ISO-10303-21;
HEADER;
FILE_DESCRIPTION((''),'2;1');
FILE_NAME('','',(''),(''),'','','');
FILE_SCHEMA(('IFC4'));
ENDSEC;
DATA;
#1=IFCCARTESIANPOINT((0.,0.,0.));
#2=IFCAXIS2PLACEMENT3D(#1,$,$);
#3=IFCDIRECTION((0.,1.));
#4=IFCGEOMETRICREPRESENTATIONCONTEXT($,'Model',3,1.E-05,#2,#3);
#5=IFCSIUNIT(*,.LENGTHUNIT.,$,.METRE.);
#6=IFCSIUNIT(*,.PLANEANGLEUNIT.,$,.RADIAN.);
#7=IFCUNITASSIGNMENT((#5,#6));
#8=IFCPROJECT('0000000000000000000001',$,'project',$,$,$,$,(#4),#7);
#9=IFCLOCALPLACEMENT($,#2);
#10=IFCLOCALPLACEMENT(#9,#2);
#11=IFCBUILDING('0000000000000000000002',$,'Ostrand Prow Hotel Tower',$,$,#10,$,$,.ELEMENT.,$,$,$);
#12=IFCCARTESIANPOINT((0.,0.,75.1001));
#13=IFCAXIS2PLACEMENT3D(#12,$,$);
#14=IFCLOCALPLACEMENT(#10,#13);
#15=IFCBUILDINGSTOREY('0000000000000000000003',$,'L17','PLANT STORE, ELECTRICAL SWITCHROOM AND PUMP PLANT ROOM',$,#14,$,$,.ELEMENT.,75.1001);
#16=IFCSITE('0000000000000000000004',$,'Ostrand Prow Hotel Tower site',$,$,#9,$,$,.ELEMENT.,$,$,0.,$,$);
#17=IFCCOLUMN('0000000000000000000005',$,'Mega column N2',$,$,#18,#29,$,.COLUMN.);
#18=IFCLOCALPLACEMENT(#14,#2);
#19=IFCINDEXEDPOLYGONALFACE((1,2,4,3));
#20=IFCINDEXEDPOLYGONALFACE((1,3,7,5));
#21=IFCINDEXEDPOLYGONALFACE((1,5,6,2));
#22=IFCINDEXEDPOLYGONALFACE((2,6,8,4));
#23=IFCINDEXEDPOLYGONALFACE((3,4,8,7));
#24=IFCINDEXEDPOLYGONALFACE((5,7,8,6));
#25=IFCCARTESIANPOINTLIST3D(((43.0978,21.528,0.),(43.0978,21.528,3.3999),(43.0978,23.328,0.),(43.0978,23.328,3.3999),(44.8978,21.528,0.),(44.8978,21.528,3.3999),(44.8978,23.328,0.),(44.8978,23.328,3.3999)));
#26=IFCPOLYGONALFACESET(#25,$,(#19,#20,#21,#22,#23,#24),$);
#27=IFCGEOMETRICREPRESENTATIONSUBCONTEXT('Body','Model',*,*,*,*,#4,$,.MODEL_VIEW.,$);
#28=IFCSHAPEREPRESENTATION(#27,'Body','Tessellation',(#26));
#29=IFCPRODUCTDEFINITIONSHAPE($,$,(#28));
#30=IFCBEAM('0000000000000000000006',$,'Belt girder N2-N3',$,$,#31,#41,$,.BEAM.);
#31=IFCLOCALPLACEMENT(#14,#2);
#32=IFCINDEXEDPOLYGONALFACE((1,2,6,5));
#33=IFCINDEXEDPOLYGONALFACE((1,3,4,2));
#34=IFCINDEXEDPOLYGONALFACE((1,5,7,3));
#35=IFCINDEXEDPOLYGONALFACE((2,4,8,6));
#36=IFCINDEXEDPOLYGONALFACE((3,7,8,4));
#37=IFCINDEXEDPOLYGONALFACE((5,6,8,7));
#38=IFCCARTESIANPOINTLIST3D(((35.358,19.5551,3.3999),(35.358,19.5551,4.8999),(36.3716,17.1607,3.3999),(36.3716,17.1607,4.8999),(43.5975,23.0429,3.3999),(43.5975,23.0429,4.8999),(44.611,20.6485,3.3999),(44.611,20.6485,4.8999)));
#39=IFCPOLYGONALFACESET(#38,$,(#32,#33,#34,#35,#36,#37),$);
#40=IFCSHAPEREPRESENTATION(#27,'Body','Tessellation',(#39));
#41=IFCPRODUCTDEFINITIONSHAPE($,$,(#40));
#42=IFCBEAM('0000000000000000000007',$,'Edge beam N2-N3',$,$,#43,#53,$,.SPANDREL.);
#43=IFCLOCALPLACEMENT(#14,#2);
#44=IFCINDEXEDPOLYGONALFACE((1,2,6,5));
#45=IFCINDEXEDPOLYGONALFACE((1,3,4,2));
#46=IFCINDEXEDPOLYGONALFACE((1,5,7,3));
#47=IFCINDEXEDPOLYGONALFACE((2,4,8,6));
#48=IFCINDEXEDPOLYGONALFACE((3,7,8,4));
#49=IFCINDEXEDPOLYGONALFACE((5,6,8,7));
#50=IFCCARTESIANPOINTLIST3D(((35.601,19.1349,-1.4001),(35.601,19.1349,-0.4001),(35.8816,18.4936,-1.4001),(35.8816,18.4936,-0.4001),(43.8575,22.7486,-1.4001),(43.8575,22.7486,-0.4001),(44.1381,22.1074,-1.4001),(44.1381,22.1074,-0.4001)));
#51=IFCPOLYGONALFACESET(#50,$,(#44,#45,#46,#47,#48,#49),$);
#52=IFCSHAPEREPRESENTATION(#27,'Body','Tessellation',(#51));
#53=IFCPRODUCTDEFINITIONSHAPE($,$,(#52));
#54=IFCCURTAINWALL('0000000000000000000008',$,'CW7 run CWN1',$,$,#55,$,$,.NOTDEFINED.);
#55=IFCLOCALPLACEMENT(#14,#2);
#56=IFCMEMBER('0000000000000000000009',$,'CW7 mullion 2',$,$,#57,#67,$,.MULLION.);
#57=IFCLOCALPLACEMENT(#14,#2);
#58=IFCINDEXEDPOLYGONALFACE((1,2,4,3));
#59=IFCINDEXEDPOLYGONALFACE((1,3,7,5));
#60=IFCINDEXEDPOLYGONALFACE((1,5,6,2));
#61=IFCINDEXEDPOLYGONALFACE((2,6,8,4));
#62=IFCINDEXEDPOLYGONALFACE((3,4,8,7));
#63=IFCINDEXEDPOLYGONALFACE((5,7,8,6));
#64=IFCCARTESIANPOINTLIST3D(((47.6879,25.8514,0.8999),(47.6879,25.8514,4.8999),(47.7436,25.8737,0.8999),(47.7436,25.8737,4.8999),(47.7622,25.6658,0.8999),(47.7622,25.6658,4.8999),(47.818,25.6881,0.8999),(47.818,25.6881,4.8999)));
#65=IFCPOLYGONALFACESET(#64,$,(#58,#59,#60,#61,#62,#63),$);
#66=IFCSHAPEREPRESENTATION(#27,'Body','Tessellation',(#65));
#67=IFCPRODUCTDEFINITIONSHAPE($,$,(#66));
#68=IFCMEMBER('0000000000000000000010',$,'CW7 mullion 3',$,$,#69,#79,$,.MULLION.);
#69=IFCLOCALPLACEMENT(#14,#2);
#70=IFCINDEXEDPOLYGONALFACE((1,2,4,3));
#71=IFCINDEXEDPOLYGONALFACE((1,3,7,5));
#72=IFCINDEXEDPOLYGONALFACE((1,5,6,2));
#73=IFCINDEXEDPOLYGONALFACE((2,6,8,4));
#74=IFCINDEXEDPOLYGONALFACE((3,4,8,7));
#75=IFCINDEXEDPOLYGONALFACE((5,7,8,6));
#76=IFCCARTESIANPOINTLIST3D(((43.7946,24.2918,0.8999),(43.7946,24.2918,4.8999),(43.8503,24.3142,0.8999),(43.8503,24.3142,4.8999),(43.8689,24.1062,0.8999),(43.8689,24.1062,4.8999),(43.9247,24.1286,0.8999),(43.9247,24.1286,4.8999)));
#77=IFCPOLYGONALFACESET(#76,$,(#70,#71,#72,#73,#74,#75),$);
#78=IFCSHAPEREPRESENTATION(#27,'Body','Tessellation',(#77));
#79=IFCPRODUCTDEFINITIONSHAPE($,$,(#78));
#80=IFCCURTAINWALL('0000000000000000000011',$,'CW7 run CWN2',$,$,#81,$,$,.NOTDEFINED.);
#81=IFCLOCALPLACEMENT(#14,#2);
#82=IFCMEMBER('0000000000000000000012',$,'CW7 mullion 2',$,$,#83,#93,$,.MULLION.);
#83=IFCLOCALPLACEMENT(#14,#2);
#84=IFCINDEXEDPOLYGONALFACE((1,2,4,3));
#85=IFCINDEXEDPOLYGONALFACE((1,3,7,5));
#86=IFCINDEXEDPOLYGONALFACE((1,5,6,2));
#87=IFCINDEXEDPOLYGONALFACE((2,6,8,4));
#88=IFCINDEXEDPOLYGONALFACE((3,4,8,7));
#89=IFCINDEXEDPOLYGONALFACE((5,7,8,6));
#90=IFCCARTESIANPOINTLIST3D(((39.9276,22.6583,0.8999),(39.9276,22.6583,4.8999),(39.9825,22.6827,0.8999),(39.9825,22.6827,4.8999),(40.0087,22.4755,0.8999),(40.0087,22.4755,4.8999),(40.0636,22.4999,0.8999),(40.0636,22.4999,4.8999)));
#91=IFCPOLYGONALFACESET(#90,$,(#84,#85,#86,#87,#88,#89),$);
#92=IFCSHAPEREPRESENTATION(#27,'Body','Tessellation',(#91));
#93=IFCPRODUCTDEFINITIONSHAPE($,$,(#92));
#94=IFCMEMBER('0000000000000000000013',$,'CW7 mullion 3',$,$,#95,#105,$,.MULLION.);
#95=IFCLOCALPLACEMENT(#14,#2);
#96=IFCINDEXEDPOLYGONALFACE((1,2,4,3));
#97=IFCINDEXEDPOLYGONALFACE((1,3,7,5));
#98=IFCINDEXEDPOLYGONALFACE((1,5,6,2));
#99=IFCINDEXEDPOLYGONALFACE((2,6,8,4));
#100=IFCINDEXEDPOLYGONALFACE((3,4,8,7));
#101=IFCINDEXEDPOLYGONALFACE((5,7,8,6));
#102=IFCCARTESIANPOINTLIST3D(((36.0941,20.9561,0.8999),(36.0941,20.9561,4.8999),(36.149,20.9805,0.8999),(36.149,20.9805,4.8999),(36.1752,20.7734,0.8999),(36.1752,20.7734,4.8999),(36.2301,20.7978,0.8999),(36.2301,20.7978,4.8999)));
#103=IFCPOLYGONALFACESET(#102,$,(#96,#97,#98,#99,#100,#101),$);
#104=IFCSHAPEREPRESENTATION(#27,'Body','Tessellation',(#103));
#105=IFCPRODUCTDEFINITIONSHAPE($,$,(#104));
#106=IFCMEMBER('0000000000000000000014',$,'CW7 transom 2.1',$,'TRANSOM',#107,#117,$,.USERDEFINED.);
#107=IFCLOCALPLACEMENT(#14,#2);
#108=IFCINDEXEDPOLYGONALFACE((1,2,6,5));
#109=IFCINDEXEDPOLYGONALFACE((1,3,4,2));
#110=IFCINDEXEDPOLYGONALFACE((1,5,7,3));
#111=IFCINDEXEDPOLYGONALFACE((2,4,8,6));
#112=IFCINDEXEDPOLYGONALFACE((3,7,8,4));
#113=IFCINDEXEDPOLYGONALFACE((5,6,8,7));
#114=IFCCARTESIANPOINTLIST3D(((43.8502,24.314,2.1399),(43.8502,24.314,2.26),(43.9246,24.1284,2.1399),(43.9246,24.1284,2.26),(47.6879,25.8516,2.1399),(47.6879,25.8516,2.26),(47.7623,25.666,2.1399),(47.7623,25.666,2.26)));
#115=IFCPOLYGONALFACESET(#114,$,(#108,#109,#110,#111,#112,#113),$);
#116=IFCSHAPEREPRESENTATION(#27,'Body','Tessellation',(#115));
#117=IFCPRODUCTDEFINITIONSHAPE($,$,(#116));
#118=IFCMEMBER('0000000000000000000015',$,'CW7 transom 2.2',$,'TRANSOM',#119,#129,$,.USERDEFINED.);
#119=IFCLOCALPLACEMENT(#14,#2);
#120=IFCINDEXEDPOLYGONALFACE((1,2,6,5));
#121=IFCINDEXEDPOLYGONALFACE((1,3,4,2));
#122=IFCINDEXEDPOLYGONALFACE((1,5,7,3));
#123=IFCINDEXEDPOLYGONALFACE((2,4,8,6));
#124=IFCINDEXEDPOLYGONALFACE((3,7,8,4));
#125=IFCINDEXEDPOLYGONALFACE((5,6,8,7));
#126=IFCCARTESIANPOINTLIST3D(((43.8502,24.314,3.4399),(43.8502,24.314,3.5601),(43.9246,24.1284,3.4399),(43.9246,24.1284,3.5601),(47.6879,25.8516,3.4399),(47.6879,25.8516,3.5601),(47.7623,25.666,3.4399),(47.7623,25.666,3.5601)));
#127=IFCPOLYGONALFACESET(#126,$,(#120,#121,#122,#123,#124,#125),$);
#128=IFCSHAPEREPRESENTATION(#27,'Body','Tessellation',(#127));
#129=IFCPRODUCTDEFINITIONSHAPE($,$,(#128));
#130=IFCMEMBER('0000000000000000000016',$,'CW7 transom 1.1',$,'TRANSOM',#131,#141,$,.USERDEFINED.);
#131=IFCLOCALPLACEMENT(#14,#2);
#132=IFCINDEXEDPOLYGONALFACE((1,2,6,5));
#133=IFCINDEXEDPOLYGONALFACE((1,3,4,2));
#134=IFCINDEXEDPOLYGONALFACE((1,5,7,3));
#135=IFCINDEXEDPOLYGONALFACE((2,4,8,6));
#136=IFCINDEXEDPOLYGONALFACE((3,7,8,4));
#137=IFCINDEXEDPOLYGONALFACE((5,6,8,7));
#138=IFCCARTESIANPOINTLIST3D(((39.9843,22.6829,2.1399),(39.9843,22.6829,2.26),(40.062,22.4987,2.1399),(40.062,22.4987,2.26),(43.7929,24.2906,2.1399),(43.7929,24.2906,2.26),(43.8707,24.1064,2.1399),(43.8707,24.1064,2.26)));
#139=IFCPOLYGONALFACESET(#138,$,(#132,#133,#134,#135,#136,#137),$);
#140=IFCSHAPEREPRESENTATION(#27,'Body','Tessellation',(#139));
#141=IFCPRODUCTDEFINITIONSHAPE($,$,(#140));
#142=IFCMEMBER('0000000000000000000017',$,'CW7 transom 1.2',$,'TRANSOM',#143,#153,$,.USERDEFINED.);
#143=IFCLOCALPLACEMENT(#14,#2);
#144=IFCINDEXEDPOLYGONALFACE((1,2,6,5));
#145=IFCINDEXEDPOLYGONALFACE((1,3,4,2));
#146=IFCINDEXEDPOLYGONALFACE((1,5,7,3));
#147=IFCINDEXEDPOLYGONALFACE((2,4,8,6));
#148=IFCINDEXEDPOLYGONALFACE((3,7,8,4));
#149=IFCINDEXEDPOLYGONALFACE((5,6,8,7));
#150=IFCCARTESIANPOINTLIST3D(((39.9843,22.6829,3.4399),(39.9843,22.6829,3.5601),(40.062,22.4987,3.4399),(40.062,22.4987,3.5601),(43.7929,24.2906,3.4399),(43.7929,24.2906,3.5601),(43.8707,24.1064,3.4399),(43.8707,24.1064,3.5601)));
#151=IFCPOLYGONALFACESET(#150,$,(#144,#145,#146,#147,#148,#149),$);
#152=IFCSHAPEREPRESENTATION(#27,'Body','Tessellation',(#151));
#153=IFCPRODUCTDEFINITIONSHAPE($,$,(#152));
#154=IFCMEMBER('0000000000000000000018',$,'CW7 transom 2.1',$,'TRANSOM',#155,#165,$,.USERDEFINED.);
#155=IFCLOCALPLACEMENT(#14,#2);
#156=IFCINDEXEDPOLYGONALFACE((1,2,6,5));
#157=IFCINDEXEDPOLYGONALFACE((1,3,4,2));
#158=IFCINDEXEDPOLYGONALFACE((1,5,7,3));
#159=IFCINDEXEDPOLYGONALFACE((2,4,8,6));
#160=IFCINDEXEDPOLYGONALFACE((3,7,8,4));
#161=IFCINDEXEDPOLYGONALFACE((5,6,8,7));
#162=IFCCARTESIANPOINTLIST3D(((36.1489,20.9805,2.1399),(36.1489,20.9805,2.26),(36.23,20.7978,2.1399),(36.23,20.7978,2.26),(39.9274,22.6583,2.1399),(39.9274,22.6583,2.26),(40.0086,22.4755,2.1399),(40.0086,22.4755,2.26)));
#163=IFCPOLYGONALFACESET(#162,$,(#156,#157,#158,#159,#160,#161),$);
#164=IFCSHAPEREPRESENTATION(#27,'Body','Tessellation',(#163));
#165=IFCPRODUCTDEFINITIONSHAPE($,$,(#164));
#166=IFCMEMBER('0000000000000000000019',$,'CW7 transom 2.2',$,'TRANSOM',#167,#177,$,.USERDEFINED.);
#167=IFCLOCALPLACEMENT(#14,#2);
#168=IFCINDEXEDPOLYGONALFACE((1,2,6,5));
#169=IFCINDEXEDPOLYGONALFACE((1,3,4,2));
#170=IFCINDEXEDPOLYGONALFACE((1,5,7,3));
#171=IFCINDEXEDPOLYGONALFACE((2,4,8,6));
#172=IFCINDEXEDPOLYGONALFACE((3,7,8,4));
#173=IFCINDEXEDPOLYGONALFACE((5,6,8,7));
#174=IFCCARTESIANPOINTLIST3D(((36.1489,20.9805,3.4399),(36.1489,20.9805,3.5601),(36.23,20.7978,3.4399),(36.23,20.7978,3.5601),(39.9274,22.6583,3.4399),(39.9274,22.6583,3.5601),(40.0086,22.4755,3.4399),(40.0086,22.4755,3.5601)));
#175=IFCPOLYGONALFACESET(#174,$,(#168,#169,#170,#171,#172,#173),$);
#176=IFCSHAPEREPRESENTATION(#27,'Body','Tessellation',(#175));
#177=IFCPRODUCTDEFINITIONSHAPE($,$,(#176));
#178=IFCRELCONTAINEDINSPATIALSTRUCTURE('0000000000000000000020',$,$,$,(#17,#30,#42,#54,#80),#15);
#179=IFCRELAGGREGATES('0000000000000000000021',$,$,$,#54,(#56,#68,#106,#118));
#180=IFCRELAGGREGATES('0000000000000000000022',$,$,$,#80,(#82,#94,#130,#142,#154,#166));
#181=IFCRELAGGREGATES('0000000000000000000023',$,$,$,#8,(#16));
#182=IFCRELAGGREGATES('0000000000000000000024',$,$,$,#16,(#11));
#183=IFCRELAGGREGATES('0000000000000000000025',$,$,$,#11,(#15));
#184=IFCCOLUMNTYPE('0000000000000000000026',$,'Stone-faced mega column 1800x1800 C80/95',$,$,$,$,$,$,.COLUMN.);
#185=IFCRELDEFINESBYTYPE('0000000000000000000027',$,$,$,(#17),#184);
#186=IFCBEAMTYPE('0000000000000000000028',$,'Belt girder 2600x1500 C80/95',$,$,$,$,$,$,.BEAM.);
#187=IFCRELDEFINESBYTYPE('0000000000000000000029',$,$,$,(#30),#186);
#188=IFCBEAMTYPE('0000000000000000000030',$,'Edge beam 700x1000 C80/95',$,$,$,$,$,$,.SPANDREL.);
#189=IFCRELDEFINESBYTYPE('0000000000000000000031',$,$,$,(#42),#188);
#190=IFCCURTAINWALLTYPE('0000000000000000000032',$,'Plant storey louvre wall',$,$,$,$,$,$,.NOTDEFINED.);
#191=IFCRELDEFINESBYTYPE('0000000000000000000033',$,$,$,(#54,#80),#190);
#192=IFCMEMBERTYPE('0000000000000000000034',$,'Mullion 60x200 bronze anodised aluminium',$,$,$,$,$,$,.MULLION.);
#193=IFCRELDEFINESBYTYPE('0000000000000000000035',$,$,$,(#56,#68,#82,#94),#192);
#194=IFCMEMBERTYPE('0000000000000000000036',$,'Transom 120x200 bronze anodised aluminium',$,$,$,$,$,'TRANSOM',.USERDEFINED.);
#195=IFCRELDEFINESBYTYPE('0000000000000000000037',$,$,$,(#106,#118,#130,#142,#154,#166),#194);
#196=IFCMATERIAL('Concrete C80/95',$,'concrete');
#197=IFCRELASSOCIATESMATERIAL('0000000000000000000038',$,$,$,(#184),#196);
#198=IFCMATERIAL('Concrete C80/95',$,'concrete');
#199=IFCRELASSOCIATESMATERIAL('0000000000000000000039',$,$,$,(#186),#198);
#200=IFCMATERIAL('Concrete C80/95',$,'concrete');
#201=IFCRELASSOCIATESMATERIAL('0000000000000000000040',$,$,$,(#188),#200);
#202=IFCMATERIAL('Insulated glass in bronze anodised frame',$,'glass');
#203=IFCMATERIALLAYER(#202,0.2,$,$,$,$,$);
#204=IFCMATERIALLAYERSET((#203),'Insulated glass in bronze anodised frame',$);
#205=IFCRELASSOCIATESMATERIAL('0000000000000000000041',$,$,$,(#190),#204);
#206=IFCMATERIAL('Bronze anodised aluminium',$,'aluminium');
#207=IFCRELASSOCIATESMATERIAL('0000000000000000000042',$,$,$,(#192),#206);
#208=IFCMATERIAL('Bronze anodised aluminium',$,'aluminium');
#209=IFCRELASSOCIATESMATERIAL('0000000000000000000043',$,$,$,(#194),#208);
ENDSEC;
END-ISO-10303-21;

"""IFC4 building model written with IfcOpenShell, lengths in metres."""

from ifc_helpers import new_model, si_unit, direction, frame, origin, origin_2d, place, context, subcontext, project, spatial, rectangle, extrude, material, layer, layer_set, material_profile, profile_set, type_object, element, aggregate, save


model = new_model("IFC4")

# Units and contexts
model_context = context("Model", 3, precision=1e-05, world=origin(), true_north=direction((0.0, 1.0)))
body_context = subcontext(model_context, "Body", "Model", "MODEL_VIEW")
ifc_project = project(units=[si_unit("LENGTHUNIT", "METRE"), si_unit("PLANEANGLEUNIT", "RADIAN")], contexts=[model_context])

# Site, building, storey
site_placement = place(None, origin())
site = spatial("IfcSite", under=ifc_project, at=site_placement, Name="Ostrand Prow Hotel Tower site", CompositionType="ELEMENT", RefElevation=0.0)
building_placement = place(site_placement, origin())
building = spatial("IfcBuilding", under=site, at=building_placement, Name="Ostrand Prow Hotel Tower", CompositionType="ELEMENT")
storey_placement = place(building_placement, frame((0.0, 0.0, 75.1001)))
storey = spatial("IfcBuildingStorey", under=building, at=storey_placement, Name="L17", Description="PLANT STORE, ELECTRICAL SWITCHROOM AND PUMP PLANT ROOM", CompositionType="ELEMENT", Elevation=75.1001)

# Column
ifc_material_1 = material(Name="Concrete C80/95", Category="concrete")
ifc_material_profile_1 = material_profile(ifc_material_1, rectangle(XDim=1.8, YDim=1.8, at=origin_2d()), Name="RC 1800x1800")
ifc_profile_set_1 = profile_set([ifc_material_profile_1], Name="Concrete C80/95")
column_type = type_object("IfcColumnType", Name="Stone-faced mega column 1800x1800 C80/95", PredefinedType="COLUMN", material=ifc_profile_set_1)
column_placement = place(storey_placement, frame((43.9978, 22.428, 0.0), z_axis=(0.0, 0.0, 1.0), x_axis=(1.0, 0.0, 0.0)))
element("IfcColumn", 1, at=column_placement, inside=storey, type_object=column_type, Name="Mega column N2", PredefinedType="COLUMN", context=body_context, shape_type="SweptSolid", body=[
    extrude(rectangle(XDim=1.8, YDim=1.8, at=origin_2d()), origin(), (0.0, 0.0, 1.0), 3.3999),
])

# Beams
ifc_material_2 = material(Name="Concrete C80/95", Category="concrete")
ifc_material_profile_2 = material_profile(ifc_material_2, rectangle(XDim=2.6001, YDim=1.5, at=origin_2d()), Name="RC 2600x1500")
ifc_profile_set_2 = profile_set([ifc_material_profile_2], Name="Concrete C80/95")
beam_type_1 = type_object("IfcBeamType", Name="Belt girder 2600x1500 C80/95", PredefinedType="BEAM", material=ifc_profile_set_2)
beam_1_placement = place(storey_placement, frame((44.1042, 21.8457, 4.1499), z_axis=(-0.920893, -0.389815, 0.0), x_axis=(0.389815, -0.920893, 0.0)))
element("IfcBeam", 2, at=beam_1_placement, inside=storey, type_object=beam_type_1, Name="Belt girder N2-N3", PredefinedType="BEAM", context=body_context, shape_type="SweptSolid", body=[
    extrude(rectangle(XDim=2.6001, YDim=1.5, at=origin_2d()), origin(), (0.0, 0.0, 1.0), 8.9473),
])
ifc_material_3 = material(Name="Concrete C80/95", Category="concrete")
ifc_material_profile_3 = material_profile(ifc_material_3, rectangle(XDim=0.7, YDim=1.0, at=origin_2d()), Name="RC 700x1000")
ifc_profile_set_3 = profile_set([ifc_material_profile_3], Name="Concrete C80/95")
beam_type_2 = type_object("IfcBeamType", Name="Edge beam 700x1000 C80/95", PredefinedType="SPANDREL", material=ifc_profile_set_3)
beam_2_placement = place(storey_placement, frame((43.9978, 22.428, -0.9001), z_axis=(-0.916096, -0.40096, 0.0), x_axis=(0.40096, -0.916096, 0.0)))
element("IfcBeam", 3, at=beam_2_placement, inside=storey, type_object=beam_type_2, Name="Edge beam N2-N3", PredefinedType="SPANDREL", context=body_context, shape_type="SweptSolid", body=[
    extrude(rectangle(XDim=0.7, YDim=1.0, at=origin_2d()), origin(), (0.0, 0.0, 1.0), 9.0127),
])

# Curtain walls, members
ifc_material_4 = material(Name="Insulated glass in bronze anodised frame", Category="glass")
ifc_layer_1 = layer(ifc_material_4, 0.2)
ifc_layer_set_1 = layer_set([ifc_layer_1], Name="Insulated glass in bronze anodised frame")
curtain_wall_type = type_object("IfcCurtainWallType", Name="Plant storey louvre wall", PredefinedType="NOTDEFINED", material=ifc_layer_set_1)
curtain_wall_1_placement = place(storey_placement, origin())
curtain_wall_1 = element("IfcCurtainWall", 4, at=curtain_wall_1_placement, inside=storey, type_object=curtain_wall_type, Name="CW7 run CWN1", PredefinedType="NOTDEFINED")
ifc_material_5 = material(Name="Bronze anodised aluminium", Category="aluminium")
ifc_material_profile_4 = material_profile(ifc_material_5, rectangle(XDim=0.2, YDim=0.0601, at=origin_2d()), Name="Mullion 60x200 bronze anodised aluminium")
ifc_profile_set_4 = profile_set([ifc_material_profile_4], Name="Bronze anodised aluminium")
member_type_1 = type_object("IfcMemberType", Name="Mullion 60x200 bronze anodised aluminium", PredefinedType="MULLION", material=ifc_profile_set_4)
member_1_placement = place(storey_placement, frame((47.7529, 25.7698, 0.8999), z_axis=(0.0, 0.0, 1.0), x_axis=(0.371873, -0.928283, 0.0)))
member_1 = element("IfcMember", 5, at=member_1_placement, type_object=member_type_1, Name="CW7 mullion 2", PredefinedType="MULLION", context=body_context, shape_type="SweptSolid", body=[
    extrude(rectangle(XDim=0.2, YDim=0.0601, at=origin_2d()), origin(), (0.0, 0.0, 1.0), 4.0),
])
member_2_placement = place(storey_placement, frame((43.8596, 24.2102, 0.8999), z_axis=(0.0, 0.0, 1.0), x_axis=(0.371873, -0.928283, 0.0)))
member_2 = element("IfcMember", 6, at=member_2_placement, type_object=member_type_1, Name="CW7 mullion 3", PredefinedType="MULLION", context=body_context, shape_type="SweptSolid", body=[
    extrude(rectangle(XDim=0.2, YDim=0.0601, at=origin_2d()), origin(), (0.0, 0.0, 1.0), 4.0),
])
curtain_wall_2_placement = place(storey_placement, origin())
curtain_wall_2 = element("IfcCurtainWall", 7, at=curtain_wall_2_placement, inside=storey, type_object=curtain_wall_type, Name="CW7 run CWN2", PredefinedType="NOTDEFINED")
member_3_placement = place(storey_placement, frame((39.9956, 22.5791, 0.8999), z_axis=(0.0, 0.0, 1.0), x_axis=(0.40578, -0.913971, 0.0)))
member_3 = element("IfcMember", 8, at=member_3_placement, type_object=member_type_1, Name="CW7 mullion 2", PredefinedType="MULLION", context=body_context, shape_type="SweptSolid", body=[
    extrude(rectangle(XDim=0.2, YDim=0.0601, at=origin_2d()), origin(), (0.0, 0.0, 1.0), 4.0),
])
member_4_placement = place(storey_placement, frame((36.1621, 20.877, 0.8999), z_axis=(0.0, 0.0, 1.0), x_axis=(0.40578, -0.913971, 0.0)))
member_4 = element("IfcMember", 9, at=member_4_placement, type_object=member_type_1, Name="CW7 mullion 3", PredefinedType="MULLION", context=body_context, shape_type="SweptSolid", body=[
    extrude(rectangle(XDim=0.2, YDim=0.0601, at=origin_2d()), origin(), (0.0, 0.0, 1.0), 4.0),
])

# Members
ifc_material_6 = material(Name="Bronze anodised aluminium", Category="aluminium")
ifc_material_profile_5 = material_profile(ifc_material_6, rectangle(XDim=0.2, YDim=0.1201, at=origin_2d()), Name="Transom 120x200 bronze anodised aluminium")
ifc_profile_set_5 = profile_set([ifc_material_profile_5], Name="Bronze anodised aluminium")
member_type_2 = type_object("IfcMemberType", Name="Transom 120x200 bronze anodised aluminium", ElementType="TRANSOM", PredefinedType="USERDEFINED", material=ifc_profile_set_5)
member_5_placement = place(storey_placement, frame((47.7251, 25.7588, 2.2), z_axis=(-0.928265, -0.37192, 0.0), x_axis=(0.37192, -0.928265, 0.0)))
member_5 = element("IfcMember", 10, at=member_5_placement, type_object=member_type_2, Name="CW7 transom 2.1", ObjectType="TRANSOM", PredefinedType="USERDEFINED", context=body_context, shape_type="SweptSolid", body=[
    extrude(rectangle(XDim=0.2, YDim=0.1201, at=origin_2d()), origin(), (0.0, 0.0, 1.0), 4.1343),
])
member_6_placement = place(storey_placement, frame((47.7251, 25.7588, 3.5), z_axis=(-0.928265, -0.37192, 0.0), x_axis=(0.37192, -0.928265, 0.0)))
member_6 = element("IfcMember", 11, at=member_6_placement, type_object=member_type_2, Name="CW7 transom 2.2", ObjectType="TRANSOM", PredefinedType="USERDEFINED", context=body_context, shape_type="SweptSolid", body=[
    extrude(rectangle(XDim=0.2, YDim=0.1201, at=origin_2d()), origin(), (0.0, 0.0, 1.0), 4.1343),
])
member_7_placement = place(storey_placement, frame((43.8318, 24.1985, 2.2), z_axis=(-0.921285, -0.388888, 0.0), x_axis=(0.388888, -0.921285, 0.0)))
member_7 = element("IfcMember", 12, at=member_7_placement, type_object=member_type_2, Name="CW7 transom 1.1", ObjectType="TRANSOM", PredefinedType="USERDEFINED", context=body_context, shape_type="SweptSolid", body=[
    extrude(rectangle(XDim=0.2, YDim=0.1201, at=origin_2d()), origin(), (0.0, 0.0, 1.0), 4.134),
])
member_8_placement = place(storey_placement, frame((43.8318, 24.1985, 3.5), z_axis=(-0.921285, -0.388888, 0.0), x_axis=(0.388888, -0.921285, 0.0)))
member_8 = element("IfcMember", 13, at=member_8_placement, type_object=member_type_2, Name="CW7 transom 1.2", ObjectType="TRANSOM", PredefinedType="USERDEFINED", context=body_context, shape_type="SweptSolid", body=[
    extrude(rectangle(XDim=0.2, YDim=0.1201, at=origin_2d()), origin(), (0.0, 0.0, 1.0), 4.134),
])
member_9_placement = place(storey_placement, frame((39.968, 22.5669, 2.2), z_axis=(-0.913958, -0.40581, 0.0), x_axis=(0.40581, -0.913958, 0.0)))
member_9 = element("IfcMember", 14, at=member_9_placement, type_object=member_type_2, Name="CW7 transom 2.1", ObjectType="TRANSOM", PredefinedType="USERDEFINED", context=body_context, shape_type="SweptSolid", body=[
    extrude(rectangle(XDim=0.2, YDim=0.1201, at=origin_2d()), origin(), (0.0, 0.0, 1.0), 4.1343),
])
member_10_placement = place(storey_placement, frame((39.968, 22.5669, 3.5), z_axis=(-0.913958, -0.40581, 0.0), x_axis=(0.40581, -0.913958, 0.0)))
member_10 = element("IfcMember", 15, at=member_10_placement, type_object=member_type_2, Name="CW7 transom 2.2", ObjectType="TRANSOM", PredefinedType="USERDEFINED", context=body_context, shape_type="SweptSolid", body=[
    extrude(rectangle(XDim=0.2, YDim=0.1201, at=origin_2d()), origin(), (0.0, 0.0, 1.0), 4.1343),
])

aggregate(curtain_wall_1, [member_1, member_2, member_5, member_6])
aggregate(curtain_wall_2, [member_3, member_4, member_7, member_8, member_9, member_10])

save(model, "model.ifc")
